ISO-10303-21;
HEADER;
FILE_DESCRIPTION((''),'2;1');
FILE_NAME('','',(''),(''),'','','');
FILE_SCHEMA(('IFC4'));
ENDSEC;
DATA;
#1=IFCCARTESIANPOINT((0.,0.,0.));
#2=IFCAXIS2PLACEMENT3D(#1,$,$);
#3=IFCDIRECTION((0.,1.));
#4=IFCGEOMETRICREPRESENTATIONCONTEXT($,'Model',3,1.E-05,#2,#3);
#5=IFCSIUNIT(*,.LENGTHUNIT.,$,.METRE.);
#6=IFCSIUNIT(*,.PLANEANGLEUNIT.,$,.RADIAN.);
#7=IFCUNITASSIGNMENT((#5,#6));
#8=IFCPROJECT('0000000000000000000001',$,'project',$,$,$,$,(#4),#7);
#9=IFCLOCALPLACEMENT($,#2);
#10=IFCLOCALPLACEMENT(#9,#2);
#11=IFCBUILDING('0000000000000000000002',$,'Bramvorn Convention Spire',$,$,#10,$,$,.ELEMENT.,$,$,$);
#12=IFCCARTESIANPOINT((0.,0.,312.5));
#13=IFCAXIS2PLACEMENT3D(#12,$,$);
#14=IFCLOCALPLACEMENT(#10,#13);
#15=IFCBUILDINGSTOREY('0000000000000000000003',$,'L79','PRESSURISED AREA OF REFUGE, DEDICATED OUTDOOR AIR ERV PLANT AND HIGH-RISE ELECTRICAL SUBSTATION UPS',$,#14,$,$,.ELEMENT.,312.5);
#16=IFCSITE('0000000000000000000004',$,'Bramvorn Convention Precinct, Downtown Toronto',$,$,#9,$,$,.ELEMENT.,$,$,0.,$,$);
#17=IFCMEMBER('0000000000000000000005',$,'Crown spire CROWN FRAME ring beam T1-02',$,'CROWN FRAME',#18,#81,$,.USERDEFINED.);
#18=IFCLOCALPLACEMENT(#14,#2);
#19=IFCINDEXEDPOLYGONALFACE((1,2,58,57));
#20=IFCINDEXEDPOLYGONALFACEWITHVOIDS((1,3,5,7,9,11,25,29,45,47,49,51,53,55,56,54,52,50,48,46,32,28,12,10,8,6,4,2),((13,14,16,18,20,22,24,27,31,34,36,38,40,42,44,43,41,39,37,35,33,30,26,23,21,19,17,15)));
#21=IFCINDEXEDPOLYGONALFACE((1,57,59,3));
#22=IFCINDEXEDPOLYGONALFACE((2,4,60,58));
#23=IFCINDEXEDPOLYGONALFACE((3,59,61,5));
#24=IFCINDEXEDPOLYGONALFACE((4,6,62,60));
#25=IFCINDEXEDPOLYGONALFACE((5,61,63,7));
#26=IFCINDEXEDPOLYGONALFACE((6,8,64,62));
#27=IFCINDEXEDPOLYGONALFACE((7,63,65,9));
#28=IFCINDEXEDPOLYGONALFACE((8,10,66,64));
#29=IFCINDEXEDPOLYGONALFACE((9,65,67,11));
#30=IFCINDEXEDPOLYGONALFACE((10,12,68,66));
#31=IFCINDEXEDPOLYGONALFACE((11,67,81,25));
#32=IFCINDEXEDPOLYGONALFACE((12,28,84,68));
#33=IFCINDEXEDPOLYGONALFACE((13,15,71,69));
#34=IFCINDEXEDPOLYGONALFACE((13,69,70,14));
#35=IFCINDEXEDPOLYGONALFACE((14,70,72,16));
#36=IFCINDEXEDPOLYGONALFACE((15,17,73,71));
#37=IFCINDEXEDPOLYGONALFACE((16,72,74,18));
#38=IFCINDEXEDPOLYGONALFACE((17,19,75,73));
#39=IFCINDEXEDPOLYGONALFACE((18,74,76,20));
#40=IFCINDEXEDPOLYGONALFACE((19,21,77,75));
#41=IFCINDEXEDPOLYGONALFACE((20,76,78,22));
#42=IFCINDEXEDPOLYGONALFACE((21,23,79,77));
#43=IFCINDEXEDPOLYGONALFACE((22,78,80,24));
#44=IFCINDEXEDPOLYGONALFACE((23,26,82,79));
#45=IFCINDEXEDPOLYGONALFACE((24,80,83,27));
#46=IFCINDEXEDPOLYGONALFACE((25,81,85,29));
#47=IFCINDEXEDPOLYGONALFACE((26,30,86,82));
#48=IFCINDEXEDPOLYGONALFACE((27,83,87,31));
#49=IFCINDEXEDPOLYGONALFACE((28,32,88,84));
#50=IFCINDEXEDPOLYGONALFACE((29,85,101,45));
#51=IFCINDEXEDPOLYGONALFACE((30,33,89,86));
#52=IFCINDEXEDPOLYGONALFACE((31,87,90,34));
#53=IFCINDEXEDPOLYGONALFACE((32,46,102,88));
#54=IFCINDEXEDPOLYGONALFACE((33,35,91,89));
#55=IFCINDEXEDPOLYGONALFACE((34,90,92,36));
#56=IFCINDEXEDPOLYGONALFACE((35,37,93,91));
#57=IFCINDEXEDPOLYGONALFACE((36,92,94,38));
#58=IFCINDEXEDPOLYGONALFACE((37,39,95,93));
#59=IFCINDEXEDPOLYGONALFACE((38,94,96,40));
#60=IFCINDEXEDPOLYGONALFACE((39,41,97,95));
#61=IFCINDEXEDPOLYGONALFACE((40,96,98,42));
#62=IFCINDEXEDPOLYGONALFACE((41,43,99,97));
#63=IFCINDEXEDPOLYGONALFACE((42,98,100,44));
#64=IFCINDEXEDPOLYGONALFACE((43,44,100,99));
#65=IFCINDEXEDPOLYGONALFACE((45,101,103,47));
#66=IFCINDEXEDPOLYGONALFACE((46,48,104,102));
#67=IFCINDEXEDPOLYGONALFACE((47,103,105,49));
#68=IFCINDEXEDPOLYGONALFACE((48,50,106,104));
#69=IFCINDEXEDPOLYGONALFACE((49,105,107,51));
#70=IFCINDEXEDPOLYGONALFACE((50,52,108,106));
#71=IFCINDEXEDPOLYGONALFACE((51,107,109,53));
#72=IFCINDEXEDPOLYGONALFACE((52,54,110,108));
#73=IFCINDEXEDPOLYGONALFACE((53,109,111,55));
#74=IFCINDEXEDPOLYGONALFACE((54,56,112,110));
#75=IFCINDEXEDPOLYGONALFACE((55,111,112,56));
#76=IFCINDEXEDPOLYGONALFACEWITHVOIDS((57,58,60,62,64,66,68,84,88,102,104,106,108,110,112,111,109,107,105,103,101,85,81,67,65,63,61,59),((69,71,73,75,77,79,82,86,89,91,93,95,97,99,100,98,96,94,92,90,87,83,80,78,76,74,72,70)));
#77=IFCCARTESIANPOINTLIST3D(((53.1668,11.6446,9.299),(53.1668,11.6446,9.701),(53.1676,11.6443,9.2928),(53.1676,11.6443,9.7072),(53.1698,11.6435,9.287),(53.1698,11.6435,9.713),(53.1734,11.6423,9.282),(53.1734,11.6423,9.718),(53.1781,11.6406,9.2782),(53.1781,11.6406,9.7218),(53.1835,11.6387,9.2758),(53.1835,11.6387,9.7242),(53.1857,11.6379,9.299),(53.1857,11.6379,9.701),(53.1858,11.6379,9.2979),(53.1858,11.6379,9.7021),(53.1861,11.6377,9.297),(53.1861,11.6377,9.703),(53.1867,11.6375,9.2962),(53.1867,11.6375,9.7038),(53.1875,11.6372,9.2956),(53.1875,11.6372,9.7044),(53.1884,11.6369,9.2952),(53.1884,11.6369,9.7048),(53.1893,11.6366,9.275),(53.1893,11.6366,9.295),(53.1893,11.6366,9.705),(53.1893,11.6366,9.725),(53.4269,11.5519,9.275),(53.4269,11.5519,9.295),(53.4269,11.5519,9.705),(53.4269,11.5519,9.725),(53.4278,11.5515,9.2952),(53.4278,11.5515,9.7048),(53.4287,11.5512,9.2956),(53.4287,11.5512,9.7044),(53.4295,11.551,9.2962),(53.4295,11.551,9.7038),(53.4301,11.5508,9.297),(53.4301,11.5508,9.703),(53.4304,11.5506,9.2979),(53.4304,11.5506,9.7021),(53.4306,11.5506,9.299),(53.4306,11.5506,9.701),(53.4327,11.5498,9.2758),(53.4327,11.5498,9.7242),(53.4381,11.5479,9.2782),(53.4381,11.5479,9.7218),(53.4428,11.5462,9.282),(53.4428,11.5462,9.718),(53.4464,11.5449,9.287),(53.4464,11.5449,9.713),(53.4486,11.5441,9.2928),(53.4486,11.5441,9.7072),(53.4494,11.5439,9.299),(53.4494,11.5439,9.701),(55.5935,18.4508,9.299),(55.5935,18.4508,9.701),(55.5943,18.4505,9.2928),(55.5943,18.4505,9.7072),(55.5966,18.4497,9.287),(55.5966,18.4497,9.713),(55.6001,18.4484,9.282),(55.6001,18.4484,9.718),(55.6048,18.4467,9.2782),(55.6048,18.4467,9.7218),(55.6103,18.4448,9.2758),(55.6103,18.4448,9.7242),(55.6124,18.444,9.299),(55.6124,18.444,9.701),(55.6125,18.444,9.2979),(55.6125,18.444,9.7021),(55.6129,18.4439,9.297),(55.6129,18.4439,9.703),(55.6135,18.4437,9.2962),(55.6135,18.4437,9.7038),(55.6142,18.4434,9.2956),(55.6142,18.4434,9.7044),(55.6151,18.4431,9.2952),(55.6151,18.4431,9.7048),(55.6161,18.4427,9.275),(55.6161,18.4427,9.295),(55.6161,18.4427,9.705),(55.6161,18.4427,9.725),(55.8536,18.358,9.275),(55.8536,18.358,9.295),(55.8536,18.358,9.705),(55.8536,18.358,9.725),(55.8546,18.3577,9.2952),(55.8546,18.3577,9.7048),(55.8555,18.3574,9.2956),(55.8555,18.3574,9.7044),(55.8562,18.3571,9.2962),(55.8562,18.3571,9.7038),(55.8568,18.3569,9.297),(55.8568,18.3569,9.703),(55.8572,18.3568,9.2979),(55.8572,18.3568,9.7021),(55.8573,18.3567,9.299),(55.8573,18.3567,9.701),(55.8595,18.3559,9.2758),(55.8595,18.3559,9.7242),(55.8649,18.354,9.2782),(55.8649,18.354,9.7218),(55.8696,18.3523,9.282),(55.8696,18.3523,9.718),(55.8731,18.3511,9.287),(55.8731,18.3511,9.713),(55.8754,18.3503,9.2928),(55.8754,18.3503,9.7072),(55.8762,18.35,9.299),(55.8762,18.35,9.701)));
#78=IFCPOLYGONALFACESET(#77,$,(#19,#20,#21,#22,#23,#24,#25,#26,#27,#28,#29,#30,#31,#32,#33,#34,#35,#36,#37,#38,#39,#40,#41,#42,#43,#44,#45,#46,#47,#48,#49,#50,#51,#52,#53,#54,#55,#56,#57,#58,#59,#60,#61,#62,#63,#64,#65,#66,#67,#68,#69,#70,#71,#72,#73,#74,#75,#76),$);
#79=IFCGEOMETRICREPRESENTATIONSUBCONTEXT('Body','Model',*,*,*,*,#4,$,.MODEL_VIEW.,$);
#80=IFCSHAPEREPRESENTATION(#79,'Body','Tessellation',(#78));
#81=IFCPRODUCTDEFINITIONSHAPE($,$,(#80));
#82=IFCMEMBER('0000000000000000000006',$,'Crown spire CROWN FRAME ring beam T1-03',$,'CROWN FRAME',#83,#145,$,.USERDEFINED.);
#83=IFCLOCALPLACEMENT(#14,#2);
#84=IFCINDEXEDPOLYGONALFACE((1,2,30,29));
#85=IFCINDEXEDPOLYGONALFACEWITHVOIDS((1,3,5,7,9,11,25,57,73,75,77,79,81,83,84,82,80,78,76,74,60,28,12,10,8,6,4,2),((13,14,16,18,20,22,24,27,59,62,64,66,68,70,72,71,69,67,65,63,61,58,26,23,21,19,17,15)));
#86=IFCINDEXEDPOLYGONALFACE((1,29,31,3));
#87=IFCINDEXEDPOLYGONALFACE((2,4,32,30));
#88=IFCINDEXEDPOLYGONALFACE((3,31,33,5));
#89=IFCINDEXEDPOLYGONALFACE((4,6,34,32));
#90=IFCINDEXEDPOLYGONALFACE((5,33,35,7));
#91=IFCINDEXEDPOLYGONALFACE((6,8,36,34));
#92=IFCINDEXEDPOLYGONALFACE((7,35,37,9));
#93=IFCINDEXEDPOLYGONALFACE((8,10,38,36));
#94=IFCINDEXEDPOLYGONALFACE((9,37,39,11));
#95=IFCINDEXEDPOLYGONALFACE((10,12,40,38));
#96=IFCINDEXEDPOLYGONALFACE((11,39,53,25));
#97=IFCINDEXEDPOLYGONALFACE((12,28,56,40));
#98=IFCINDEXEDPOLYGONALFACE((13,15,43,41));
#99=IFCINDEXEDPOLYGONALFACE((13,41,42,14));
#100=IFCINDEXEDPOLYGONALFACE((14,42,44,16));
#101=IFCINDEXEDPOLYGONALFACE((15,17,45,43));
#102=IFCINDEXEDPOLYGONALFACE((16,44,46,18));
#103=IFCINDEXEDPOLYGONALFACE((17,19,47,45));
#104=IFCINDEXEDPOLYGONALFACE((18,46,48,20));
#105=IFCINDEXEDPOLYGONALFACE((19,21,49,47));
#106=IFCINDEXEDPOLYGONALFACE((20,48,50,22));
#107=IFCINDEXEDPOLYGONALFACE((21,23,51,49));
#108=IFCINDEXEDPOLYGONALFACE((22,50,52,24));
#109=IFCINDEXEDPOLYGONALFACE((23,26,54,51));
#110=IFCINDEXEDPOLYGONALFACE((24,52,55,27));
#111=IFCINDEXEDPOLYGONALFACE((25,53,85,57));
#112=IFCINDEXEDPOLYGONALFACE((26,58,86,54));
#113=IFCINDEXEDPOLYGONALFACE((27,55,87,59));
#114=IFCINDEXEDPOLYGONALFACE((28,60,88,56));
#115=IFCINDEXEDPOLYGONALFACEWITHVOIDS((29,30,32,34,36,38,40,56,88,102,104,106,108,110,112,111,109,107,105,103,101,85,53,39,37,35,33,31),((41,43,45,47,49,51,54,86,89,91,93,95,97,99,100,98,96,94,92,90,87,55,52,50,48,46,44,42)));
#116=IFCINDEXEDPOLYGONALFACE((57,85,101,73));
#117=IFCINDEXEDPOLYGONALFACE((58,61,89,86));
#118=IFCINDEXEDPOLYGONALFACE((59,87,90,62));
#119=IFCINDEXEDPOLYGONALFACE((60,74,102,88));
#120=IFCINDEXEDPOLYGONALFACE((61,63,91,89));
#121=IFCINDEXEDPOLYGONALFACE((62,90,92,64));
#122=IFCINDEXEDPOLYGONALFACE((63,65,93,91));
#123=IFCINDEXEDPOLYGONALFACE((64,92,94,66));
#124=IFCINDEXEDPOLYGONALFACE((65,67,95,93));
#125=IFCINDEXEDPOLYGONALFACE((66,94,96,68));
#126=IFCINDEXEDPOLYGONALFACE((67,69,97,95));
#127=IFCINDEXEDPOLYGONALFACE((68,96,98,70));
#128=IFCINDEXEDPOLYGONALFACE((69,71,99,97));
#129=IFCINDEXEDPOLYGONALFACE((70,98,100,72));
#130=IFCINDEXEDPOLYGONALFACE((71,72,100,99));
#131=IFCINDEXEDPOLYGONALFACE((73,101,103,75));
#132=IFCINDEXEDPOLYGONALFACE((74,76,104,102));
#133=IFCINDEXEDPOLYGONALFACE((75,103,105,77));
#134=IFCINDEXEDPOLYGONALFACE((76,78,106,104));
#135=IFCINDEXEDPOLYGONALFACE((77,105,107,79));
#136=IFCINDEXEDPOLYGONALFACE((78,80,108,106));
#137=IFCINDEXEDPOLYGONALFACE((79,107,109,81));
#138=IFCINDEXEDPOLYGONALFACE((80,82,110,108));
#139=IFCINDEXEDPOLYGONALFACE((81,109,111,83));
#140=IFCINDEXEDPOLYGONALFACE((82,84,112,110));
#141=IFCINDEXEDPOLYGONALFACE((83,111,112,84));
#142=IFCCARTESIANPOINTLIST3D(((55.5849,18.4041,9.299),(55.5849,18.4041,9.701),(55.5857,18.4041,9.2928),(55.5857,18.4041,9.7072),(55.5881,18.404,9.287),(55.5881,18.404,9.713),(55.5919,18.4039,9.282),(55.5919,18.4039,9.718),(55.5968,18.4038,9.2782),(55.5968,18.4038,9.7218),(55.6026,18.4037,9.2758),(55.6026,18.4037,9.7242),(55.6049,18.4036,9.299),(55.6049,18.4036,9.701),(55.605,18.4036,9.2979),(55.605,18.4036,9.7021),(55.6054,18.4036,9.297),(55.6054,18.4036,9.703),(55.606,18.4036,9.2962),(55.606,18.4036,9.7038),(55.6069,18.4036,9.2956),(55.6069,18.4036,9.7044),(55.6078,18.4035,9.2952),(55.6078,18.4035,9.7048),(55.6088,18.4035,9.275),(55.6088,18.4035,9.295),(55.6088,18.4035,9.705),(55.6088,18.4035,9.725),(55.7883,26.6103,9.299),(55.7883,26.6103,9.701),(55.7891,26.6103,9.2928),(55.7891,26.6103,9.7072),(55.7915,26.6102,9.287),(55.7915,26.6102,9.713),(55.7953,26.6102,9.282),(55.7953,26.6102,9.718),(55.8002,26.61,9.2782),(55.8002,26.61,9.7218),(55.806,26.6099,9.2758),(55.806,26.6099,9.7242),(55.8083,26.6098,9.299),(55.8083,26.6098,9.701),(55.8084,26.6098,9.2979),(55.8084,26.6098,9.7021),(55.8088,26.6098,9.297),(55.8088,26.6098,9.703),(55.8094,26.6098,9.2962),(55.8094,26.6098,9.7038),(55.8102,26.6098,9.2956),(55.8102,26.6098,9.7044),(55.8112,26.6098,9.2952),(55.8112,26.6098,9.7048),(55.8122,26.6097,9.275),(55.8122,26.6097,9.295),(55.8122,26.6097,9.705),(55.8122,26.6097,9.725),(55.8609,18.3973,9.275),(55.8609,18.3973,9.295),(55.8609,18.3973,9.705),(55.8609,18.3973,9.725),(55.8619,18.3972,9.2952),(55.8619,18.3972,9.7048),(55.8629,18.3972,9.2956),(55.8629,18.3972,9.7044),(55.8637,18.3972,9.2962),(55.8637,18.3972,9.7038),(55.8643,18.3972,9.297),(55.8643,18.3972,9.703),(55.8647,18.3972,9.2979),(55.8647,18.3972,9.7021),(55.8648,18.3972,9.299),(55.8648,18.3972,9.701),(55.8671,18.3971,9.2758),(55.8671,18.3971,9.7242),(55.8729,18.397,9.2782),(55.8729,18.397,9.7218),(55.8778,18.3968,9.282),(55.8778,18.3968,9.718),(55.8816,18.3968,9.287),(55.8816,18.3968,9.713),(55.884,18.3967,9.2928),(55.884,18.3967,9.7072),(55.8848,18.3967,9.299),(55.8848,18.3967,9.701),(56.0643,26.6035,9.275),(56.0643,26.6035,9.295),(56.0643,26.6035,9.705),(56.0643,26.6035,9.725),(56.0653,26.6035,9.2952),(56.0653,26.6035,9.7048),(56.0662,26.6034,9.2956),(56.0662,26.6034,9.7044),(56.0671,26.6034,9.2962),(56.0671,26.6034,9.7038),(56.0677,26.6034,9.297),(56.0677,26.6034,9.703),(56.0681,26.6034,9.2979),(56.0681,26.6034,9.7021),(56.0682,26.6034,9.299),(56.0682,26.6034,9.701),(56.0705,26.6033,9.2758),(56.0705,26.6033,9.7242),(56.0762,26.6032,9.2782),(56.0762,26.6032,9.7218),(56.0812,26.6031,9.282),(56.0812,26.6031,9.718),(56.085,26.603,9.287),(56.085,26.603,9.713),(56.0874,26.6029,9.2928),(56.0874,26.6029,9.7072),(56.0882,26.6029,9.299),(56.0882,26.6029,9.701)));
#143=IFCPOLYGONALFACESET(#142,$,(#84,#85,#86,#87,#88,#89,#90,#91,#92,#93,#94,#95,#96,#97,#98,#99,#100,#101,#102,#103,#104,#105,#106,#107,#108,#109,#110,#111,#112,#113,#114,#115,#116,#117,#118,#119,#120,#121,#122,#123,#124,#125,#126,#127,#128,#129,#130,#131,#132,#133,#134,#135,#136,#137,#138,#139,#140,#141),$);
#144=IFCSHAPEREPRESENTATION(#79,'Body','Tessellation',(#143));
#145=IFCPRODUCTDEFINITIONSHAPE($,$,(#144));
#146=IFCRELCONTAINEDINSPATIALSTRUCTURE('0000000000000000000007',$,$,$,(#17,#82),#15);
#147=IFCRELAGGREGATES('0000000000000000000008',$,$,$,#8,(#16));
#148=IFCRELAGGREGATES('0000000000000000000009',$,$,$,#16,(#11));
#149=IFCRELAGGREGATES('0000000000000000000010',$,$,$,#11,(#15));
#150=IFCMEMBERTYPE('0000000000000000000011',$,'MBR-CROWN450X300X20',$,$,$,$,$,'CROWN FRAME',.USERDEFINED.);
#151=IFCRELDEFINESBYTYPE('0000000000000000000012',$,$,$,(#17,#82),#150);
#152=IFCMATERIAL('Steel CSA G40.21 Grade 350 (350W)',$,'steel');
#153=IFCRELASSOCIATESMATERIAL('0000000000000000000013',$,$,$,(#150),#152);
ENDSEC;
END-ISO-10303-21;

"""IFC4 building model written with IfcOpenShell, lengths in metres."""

from ifc_helpers import new_model, si_unit, direction, frame, origin, origin_2d, place, context, subcontext, project, spatial, hollow_rectangle, extrude, material, material_profile, profile_set, type_object, element, save


model = new_model("IFC4")

# Units and contexts
model_context = context("Model", 3, precision=1e-05, world=origin(), true_north=direction((0.0, 1.0)))
body_context = subcontext(model_context, "Body", "Model", "MODEL_VIEW")
ifc_project = project(units=[si_unit("LENGTHUNIT", "METRE"), si_unit("PLANEANGLEUNIT", "RADIAN")], contexts=[model_context])

# Site, building, storey
site_placement = place(None, origin())
site = spatial("IfcSite", under=ifc_project, at=site_placement, Name="Bramvorn Convention Precinct, Downtown Toronto", CompositionType="ELEMENT", RefElevation=0.0)
building_placement = place(site_placement, origin())
building = spatial("IfcBuilding", under=site, at=building_placement, Name="Bramvorn Convention Spire", CompositionType="ELEMENT")
storey_placement = place(building_placement, frame((0.0, 0.0, 312.5)))
storey = spatial("IfcBuildingStorey", under=building, at=storey_placement, Name="L79", Description="PRESSURISED AREA OF REFUGE, DEDICATED OUTDOOR AIR ERV PLANT AND HIGH-RISE ELECTRICAL SUBSTATION UPS", CompositionType="ELEMENT", Elevation=312.5)

# Shared definitions
ifc_material_1 = material(Name="Steel CSA G40.21 Grade 350 (350W)", Category="steel")

# Members
ifc_material_profile_1 = material_profile(ifc_material_1, hollow_rectangle(XDim=0.3, YDim=0.45, WallThickness=0.02, InnerFilletRadius=0.0039, OuterFilletRadius=0.0239, at=origin_2d()))
ifc_profile_set_1 = profile_set([ifc_material_profile_1], Name="Steel CSA G40.21 Grade 350 (350W) - CROWN450X300X20")
member_type = type_object("IfcMemberType", Name="MBR-CROWN450X300X20", ElementType="CROWN FRAME", PredefinedType="USERDEFINED", material=ifc_profile_set_1)
member_1_placement = place(storey_placement, frame((53.3081, 11.5942, 9.5), z_axis=(0.335844, 0.941918, 0.0), x_axis=(-0.941918, 0.335844, 0.0)))
element("IfcMember", 1, at=member_1_placement, inside=storey, type_object=member_type, Name="Crown spire CROWN FRAME ring beam T1-02", ObjectType="CROWN FRAME", PredefinedType="USERDEFINED", context=body_context, shape_type="SweptSolid", body=[
    extrude(hollow_rectangle(XDim=0.3, YDim=0.45, WallThickness=0.02, InnerFilletRadius=0.0039, OuterFilletRadius=0.0239, at=origin_2d()), origin(), (0.0, 0.0, 1.0), 7.2258),
])
member_2_placement = place(storey_placement, frame((55.7349, 18.4004, 9.5), z_axis=(0.024774, 0.999693, 0.0), x_axis=(-0.999693, 0.024774, 0.0)))
element("IfcMember", 2, at=member_2_placement, inside=storey, type_object=member_type, Name="Crown spire CROWN FRAME ring beam T1-03", ObjectType="CROWN FRAME", PredefinedType="USERDEFINED", context=body_context, shape_type="SweptSolid", body=[
    extrude(hollow_rectangle(XDim=0.3, YDim=0.45, WallThickness=0.02, InnerFilletRadius=0.0039, OuterFilletRadius=0.0239, at=origin_2d()), origin(), (0.0, 0.0, 1.0), 8.2087),
])

save(model, "model.ifc")
